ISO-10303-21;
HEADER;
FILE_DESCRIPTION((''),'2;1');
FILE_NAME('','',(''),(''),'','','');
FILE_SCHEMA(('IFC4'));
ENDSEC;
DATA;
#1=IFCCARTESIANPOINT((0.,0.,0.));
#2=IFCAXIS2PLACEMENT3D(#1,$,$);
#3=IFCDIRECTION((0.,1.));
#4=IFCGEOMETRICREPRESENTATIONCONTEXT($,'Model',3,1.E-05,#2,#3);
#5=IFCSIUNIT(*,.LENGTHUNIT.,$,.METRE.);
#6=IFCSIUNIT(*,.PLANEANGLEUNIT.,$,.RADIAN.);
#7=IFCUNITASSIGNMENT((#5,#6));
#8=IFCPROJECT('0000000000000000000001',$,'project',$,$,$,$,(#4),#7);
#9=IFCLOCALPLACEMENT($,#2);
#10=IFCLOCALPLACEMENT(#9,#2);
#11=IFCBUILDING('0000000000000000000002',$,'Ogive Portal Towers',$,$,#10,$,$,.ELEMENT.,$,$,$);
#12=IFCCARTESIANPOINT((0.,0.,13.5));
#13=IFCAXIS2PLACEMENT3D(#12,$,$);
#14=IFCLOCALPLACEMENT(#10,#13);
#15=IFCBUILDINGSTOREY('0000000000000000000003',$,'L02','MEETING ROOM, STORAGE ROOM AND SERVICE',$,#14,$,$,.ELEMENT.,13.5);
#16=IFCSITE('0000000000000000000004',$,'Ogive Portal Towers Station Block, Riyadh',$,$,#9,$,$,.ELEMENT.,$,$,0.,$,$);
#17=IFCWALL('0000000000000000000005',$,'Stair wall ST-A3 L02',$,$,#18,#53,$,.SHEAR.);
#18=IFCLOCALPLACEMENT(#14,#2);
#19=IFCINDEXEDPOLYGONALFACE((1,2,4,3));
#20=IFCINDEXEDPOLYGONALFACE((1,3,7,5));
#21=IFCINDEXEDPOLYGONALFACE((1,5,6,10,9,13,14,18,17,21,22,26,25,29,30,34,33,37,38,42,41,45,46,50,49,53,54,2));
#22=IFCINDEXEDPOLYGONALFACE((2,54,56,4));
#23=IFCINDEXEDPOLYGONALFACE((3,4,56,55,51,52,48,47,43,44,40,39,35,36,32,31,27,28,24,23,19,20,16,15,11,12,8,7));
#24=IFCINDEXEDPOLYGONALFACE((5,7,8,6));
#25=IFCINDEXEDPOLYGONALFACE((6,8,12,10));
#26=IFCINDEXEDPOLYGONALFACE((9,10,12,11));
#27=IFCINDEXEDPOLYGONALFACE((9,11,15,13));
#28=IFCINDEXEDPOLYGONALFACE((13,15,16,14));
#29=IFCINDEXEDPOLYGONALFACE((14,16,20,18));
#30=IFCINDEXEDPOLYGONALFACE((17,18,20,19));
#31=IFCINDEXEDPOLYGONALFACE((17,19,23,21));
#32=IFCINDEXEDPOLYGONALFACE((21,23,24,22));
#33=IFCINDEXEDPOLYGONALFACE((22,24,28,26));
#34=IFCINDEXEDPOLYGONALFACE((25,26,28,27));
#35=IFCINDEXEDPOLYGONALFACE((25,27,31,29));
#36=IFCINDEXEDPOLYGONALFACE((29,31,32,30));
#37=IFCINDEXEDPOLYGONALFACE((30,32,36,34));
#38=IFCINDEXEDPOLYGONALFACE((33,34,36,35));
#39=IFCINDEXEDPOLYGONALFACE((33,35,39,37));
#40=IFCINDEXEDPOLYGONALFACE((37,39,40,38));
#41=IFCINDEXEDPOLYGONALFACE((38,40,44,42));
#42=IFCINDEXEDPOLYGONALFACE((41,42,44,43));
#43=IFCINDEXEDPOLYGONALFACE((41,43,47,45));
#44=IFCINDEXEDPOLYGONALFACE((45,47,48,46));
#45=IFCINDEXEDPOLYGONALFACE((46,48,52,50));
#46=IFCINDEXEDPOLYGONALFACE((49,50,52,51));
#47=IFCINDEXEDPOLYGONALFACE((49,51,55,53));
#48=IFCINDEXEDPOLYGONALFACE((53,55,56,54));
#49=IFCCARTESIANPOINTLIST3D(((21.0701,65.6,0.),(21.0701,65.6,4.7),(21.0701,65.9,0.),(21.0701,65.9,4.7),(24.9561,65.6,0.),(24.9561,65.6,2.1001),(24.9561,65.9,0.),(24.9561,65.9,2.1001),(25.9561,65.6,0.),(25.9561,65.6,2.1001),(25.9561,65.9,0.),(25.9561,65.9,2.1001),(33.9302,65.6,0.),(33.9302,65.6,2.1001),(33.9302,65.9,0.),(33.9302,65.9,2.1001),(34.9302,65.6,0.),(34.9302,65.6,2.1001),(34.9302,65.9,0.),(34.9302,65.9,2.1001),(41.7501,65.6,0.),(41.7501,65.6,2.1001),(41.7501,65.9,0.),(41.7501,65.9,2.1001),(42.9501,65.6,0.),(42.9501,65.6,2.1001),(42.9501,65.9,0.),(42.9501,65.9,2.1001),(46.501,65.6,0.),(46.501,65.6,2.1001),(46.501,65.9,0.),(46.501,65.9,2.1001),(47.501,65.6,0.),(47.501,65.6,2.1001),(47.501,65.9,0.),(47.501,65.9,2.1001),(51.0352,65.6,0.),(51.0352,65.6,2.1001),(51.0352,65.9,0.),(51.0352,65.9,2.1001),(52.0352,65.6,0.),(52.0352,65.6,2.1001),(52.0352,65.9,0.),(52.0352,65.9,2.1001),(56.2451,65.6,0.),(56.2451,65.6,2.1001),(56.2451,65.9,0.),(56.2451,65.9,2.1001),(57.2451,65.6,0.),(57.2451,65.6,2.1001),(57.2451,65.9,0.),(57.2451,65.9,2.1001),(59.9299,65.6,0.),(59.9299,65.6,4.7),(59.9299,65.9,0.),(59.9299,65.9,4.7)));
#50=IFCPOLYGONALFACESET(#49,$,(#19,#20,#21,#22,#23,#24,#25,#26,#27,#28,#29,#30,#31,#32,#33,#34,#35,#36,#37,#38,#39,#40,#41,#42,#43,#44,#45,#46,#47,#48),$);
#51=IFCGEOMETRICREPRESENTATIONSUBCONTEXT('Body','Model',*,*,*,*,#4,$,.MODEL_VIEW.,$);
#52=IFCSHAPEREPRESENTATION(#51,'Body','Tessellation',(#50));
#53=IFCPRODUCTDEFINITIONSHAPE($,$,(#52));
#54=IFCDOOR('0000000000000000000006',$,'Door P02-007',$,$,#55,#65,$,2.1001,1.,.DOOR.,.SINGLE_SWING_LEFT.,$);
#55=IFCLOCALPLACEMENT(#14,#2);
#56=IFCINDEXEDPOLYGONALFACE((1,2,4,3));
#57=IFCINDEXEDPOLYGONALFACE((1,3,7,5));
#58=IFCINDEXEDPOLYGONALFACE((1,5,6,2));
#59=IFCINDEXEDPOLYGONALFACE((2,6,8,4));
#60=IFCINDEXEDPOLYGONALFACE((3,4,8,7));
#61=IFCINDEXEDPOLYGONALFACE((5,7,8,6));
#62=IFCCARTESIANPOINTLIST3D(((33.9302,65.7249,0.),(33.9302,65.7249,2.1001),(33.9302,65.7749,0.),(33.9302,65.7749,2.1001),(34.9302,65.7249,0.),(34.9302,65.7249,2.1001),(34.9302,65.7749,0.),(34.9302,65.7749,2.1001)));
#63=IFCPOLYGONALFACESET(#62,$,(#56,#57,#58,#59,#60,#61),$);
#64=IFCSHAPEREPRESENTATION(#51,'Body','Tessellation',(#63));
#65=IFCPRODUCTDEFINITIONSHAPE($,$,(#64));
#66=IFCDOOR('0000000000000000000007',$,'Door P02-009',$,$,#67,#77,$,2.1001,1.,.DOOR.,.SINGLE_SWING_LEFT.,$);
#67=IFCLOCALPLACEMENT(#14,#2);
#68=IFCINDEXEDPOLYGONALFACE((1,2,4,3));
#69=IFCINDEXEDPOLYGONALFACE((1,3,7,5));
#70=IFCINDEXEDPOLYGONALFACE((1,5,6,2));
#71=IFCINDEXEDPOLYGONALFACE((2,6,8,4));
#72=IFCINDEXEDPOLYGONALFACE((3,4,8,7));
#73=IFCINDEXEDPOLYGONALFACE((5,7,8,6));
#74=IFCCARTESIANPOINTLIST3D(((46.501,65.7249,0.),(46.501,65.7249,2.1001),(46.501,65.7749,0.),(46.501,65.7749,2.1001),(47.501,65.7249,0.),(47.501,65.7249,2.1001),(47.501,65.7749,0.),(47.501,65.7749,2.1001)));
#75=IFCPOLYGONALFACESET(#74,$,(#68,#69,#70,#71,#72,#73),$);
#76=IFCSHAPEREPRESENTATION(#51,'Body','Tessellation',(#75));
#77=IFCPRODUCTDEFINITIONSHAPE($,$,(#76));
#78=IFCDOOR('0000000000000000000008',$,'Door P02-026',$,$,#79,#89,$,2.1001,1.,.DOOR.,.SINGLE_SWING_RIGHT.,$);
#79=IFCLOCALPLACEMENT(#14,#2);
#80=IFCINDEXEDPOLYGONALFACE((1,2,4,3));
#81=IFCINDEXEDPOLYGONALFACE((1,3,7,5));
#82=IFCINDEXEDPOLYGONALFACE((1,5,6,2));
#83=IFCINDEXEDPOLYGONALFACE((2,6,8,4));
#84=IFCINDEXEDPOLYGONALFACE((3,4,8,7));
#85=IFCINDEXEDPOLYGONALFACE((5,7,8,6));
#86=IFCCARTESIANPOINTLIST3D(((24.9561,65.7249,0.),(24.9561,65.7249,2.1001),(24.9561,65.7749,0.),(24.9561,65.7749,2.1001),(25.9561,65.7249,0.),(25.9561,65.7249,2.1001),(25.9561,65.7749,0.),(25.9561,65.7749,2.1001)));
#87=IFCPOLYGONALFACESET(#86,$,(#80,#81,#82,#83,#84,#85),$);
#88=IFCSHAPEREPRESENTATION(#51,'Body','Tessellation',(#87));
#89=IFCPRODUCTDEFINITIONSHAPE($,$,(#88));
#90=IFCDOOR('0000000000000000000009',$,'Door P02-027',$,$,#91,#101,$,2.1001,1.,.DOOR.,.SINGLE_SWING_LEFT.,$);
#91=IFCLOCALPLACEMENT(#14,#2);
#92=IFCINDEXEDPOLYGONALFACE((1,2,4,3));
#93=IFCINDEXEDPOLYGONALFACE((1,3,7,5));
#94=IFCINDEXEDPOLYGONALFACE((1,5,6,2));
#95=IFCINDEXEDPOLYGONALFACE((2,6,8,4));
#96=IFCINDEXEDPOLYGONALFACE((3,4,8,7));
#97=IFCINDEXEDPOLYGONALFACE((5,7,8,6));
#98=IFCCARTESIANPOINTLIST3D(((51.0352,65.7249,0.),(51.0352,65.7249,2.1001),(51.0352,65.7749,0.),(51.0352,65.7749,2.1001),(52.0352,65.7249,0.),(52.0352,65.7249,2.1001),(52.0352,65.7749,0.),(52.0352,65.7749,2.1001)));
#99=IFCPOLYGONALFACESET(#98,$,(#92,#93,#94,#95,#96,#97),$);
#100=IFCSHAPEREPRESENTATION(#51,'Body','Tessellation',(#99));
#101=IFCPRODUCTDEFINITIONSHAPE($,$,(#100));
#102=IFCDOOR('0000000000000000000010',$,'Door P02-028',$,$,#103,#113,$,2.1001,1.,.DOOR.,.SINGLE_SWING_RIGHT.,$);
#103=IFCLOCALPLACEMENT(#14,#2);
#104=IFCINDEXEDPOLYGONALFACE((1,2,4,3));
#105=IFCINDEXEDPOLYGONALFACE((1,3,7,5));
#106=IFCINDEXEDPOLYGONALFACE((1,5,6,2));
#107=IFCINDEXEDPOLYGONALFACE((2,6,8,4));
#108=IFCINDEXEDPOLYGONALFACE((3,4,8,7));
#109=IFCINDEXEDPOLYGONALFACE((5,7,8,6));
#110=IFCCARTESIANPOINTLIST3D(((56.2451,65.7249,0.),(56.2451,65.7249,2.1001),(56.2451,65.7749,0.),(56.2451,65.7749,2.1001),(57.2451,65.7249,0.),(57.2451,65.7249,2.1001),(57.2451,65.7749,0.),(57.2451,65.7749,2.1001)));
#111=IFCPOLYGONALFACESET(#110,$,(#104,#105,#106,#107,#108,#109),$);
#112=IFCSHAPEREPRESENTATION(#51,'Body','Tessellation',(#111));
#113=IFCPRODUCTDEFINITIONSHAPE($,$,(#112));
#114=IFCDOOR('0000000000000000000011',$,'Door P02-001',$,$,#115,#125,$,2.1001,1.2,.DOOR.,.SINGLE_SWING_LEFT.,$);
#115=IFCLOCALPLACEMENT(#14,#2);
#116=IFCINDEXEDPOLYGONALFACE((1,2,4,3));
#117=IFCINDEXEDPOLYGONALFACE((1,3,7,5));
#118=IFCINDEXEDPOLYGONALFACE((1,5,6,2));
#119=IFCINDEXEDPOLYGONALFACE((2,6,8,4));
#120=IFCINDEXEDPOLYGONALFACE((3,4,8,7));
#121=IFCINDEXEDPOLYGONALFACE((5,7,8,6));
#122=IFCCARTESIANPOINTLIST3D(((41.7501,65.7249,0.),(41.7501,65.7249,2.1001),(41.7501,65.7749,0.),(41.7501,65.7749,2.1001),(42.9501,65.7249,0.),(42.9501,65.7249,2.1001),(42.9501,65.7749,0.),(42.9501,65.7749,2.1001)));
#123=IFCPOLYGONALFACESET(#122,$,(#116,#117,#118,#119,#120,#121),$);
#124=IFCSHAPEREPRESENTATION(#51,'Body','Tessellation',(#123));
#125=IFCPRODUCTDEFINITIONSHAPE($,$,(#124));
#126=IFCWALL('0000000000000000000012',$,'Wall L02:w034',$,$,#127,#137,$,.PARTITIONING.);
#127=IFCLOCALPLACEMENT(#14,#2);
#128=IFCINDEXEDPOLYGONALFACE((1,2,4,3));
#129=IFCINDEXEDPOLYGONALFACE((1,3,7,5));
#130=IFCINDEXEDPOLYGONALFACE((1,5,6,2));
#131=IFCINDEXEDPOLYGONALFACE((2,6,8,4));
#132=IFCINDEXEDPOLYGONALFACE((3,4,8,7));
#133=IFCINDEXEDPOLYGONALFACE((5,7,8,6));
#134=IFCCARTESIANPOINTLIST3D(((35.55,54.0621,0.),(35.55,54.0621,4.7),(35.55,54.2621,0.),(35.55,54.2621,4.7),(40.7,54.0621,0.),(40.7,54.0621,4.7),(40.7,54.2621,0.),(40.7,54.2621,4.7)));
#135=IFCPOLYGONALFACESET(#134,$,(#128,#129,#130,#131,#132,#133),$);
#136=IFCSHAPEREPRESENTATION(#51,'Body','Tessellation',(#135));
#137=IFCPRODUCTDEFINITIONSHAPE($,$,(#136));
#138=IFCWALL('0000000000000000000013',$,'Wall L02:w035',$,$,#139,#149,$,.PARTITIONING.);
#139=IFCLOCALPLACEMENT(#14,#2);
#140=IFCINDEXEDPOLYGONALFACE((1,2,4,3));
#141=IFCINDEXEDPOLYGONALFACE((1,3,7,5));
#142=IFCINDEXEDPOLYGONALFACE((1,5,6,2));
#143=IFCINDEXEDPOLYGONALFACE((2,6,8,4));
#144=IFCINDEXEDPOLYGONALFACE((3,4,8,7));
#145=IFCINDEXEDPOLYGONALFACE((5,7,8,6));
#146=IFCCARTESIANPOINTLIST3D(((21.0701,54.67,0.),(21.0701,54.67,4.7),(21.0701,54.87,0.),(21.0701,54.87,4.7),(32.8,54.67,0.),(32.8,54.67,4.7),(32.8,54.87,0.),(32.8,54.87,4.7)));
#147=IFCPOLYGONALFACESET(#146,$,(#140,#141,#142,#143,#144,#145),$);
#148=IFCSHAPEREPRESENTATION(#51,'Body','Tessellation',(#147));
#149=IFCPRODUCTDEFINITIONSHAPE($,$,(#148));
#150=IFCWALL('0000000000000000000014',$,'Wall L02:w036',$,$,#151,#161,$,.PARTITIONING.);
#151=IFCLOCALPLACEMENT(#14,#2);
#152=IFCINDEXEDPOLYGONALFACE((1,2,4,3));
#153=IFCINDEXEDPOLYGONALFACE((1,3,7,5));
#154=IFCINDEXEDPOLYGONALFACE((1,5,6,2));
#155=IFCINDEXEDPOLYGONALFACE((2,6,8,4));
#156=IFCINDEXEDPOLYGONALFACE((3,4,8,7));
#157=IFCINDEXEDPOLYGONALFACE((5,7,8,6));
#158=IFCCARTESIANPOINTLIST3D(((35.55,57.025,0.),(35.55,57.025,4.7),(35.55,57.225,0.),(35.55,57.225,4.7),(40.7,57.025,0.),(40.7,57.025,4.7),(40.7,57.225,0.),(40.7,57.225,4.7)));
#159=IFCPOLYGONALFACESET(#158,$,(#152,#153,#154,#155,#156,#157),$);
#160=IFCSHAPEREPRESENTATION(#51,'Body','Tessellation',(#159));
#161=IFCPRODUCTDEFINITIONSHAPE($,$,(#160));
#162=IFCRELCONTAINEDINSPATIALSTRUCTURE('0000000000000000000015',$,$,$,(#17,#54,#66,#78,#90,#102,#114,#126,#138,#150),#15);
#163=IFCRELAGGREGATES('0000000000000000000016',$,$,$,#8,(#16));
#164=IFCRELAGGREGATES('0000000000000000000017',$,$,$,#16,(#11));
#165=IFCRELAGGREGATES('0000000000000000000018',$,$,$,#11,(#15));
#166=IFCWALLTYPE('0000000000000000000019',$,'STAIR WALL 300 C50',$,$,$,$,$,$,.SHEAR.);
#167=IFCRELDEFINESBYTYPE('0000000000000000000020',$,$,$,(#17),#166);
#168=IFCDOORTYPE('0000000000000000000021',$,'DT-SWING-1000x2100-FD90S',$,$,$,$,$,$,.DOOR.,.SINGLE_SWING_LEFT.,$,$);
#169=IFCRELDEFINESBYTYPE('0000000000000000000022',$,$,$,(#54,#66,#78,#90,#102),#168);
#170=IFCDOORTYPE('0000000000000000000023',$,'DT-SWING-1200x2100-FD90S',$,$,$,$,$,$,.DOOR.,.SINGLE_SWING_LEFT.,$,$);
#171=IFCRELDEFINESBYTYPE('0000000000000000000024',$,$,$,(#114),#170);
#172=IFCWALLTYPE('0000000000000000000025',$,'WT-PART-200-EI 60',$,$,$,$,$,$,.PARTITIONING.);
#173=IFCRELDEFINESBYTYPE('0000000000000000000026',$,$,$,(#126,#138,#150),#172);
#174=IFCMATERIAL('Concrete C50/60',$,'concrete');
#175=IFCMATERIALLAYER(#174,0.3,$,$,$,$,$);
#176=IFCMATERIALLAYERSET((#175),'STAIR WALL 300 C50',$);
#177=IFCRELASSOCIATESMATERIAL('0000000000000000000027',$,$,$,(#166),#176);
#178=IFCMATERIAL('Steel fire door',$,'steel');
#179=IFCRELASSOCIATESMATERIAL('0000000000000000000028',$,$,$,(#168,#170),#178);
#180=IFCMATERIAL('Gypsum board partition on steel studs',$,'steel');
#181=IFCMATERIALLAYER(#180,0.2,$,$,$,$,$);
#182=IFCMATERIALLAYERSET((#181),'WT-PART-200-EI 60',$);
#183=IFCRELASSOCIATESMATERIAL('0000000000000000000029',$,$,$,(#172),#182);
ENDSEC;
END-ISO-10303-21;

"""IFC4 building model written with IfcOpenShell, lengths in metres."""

from ifc_helpers import new_model, si_unit, direction, frame, frame_2d, origin, place, context, subcontext, project, spatial, rectangle, extrude, material, layer, layer_set, type_object, element, fill, save


model = new_model("IFC4")

# Units and contexts
model_context = context("Model", 3, precision=1e-05, world=origin(), true_north=direction((0.0, 1.0)))
body_context = subcontext(model_context, "Body", "Model", "MODEL_VIEW")
ifc_project = project(units=[si_unit("LENGTHUNIT", "METRE"), si_unit("PLANEANGLEUNIT", "RADIAN")], contexts=[model_context])

# Site, building, storey
site_placement = place(None, origin())
site = spatial("IfcSite", under=ifc_project, at=site_placement, Name="Ogive Portal Towers Station Block, Riyadh", CompositionType="ELEMENT", RefElevation=0.0)
building_placement = place(site_placement, origin())
building = spatial("IfcBuilding", under=site, at=building_placement, Name="Ogive Portal Towers", CompositionType="ELEMENT")
storey_placement = place(building_placement, frame((0.0, 0.0, 13.5)))
storey = spatial("IfcBuildingStorey", under=building, at=storey_placement, Name="L02", Description="MEETING ROOM, STORAGE ROOM AND SERVICE", CompositionType="ELEMENT", Elevation=13.5)

# Shared definitions
ifc_material_1 = material(Name="Concrete C50/60", Category="concrete")

# Wall, openings, doors
ifc_layer_1 = layer(ifc_material_1, 0.3)
ifc_layer_set_1 = layer_set([ifc_layer_1], Name="STAIR WALL 300 C50")
wall_type_1 = type_object("IfcWallType", Name="STAIR WALL 300 C50", PredefinedType="SHEAR", material=ifc_layer_set_1)
wall_1_placement = place(storey_placement, frame((21.0701, 65.75, 0.0), z_axis=(0.0, 0.0, 1.0), x_axis=(1.0, 0.0, 0.0)))
wall_1 = element("IfcWall", 1, at=wall_1_placement, inside=storey, type_object=wall_type_1, Name="Stair wall ST-A3 L02", PredefinedType="SHEAR", context=body_context, shape_type="SweptSolid", body=[
    extrude(rectangle(XDim=38.8599, YDim=0.3, at=frame_2d((19.4299, 0.0))), origin(), (0.0, 0.0, 1.0), 4.7),
])
opening_1_placement = place(wall_1_placement, frame((20.6799, 0.0, 0.0)))
opening_1 = element("IfcOpeningElement", 2, at=opening_1_placement, cuts=wall_1, PredefinedType="OPENING", context=body_context, shape_type="SweptSolid", body=[
    extrude(rectangle(XDim=1.2, YDim=2.1001, at=frame_2d((0.6001, 1.05))), frame((0.0, 0.1602, 0.0), z_axis=(0.0, -1.0, 0.0), x_axis=(1.0, 0.0, 0.0)), (0.0, 0.0, 1.0), 0.3201),
])
opening_2_placement = place(wall_1_placement, frame((12.8601, 0.0, 0.0)))
opening_2 = element("IfcOpeningElement", 3, at=opening_2_placement, cuts=wall_1, PredefinedType="OPENING", context=body_context, shape_type="SweptSolid", body=[
    extrude(rectangle(XDim=1.0, YDim=2.1001, at=frame_2d((0.5, 1.05))), frame((0.0, 0.1602, 0.0), z_axis=(0.0, -1.0, 0.0), x_axis=(1.0, 0.0, 0.0)), (0.0, 0.0, 1.0), 0.3201),
])
opening_3_placement = place(wall_1_placement, frame((25.4309, 0.0, 0.0)))
opening_3 = element("IfcOpeningElement", 4, at=opening_3_placement, cuts=wall_1, PredefinedType="OPENING", context=body_context, shape_type="SweptSolid", body=[
    extrude(rectangle(XDim=1.0, YDim=2.1001, at=frame_2d((0.5, 1.05))), frame((0.0, 0.1602, 0.0), z_axis=(0.0, -1.0, 0.0), x_axis=(1.0, 0.0, 0.0)), (0.0, 0.0, 1.0), 0.3201),
])
opening_4_placement = place(wall_1_placement, frame((3.886, 0.0, 0.0)))
opening_4 = element("IfcOpeningElement", 5, at=opening_4_placement, cuts=wall_1, PredefinedType="OPENING", context=body_context, shape_type="SweptSolid", body=[
    extrude(rectangle(XDim=1.0, YDim=2.1001, at=frame_2d((0.5, 1.05))), frame((0.0, 0.1602, 0.0), z_axis=(0.0, -1.0, 0.0), x_axis=(1.0, 0.0, 0.0)), (0.0, 0.0, 1.0), 0.3201),
])
opening_5_placement = place(wall_1_placement, frame((29.9651, 0.0, 0.0)))
opening_5 = element("IfcOpeningElement", 6, at=opening_5_placement, cuts=wall_1, PredefinedType="OPENING", context=body_context, shape_type="SweptSolid", body=[
    extrude(rectangle(XDim=1.0, YDim=2.1001, at=frame_2d((0.5, 1.05))), frame((0.0, 0.1602, 0.0), z_axis=(0.0, -1.0, 0.0), x_axis=(1.0, 0.0, 0.0)), (0.0, 0.0, 1.0), 0.3201),
])
opening_6_placement = place(wall_1_placement, frame((35.175, 0.0, 0.0)))
opening_6 = element("IfcOpeningElement", 7, at=opening_6_placement, cuts=wall_1, PredefinedType="OPENING", context=body_context, shape_type="SweptSolid", body=[
    extrude(rectangle(XDim=1.0, YDim=2.1001, at=frame_2d((0.5, 1.05))), frame((0.0, 0.1602, 0.0), z_axis=(0.0, -1.0, 0.0), x_axis=(1.0, 0.0, 0.0)), (0.0, 0.0, 1.0), 0.3201),
])
ifc_material_2 = material(Name="Steel fire door", Category="steel")
door_type_1 = type_object("IfcDoorType", Name="DT-SWING-1000x2100-FD90S", OperationType="SINGLE_SWING_LEFT", PredefinedType="DOOR", material=ifc_material_2)
door_1_placement = place(opening_2_placement, origin())
door_1 = element("IfcDoor", 8, at=door_1_placement, inside=storey, type_object=door_type_1, Name="Door P02-007", OperationType="SINGLE_SWING_LEFT", OverallHeight=2.1001, OverallWidth=1.0, PredefinedType="DOOR", context=body_context, shape_type="SweptSolid", body=[
    extrude(rectangle(XDim=1.0, YDim=2.1001, at=frame_2d((0.5, 1.05))), frame((0.0, 0.0249, 0.0), z_axis=(0.0, -1.0, 0.0), x_axis=(1.0, 0.0, 0.0)), (0.0, 0.0, 1.0), 0.05),
])
fill(opening_2, door_1)
door_2_placement = place(opening_3_placement, origin())
door_2 = element("IfcDoor", 9, at=door_2_placement, inside=storey, type_object=door_type_1, Name="Door P02-009", OperationType="SINGLE_SWING_LEFT", OverallHeight=2.1001, OverallWidth=1.0, PredefinedType="DOOR", context=body_context, shape_type="SweptSolid", body=[
    extrude(rectangle(XDim=1.0, YDim=2.1001, at=frame_2d((0.5, 1.05))), frame((0.0, 0.0249, 0.0), z_axis=(0.0, -1.0, 0.0), x_axis=(1.0, 0.0, 0.0)), (0.0, 0.0, 1.0), 0.05),
])
fill(opening_3, door_2)
door_3_placement = place(opening_4_placement, origin())
door_3 = element("IfcDoor", 10, at=door_3_placement, inside=storey, type_object=door_type_1, Name="Door P02-026", OperationType="SINGLE_SWING_RIGHT", OverallHeight=2.1001, OverallWidth=1.0, PredefinedType="DOOR", context=body_context, shape_type="SweptSolid", body=[
    extrude(rectangle(XDim=1.0, YDim=2.1001, at=frame_2d((0.5, 1.05))), frame((0.0, 0.0249, 0.0), z_axis=(0.0, -1.0, 0.0), x_axis=(1.0, 0.0, 0.0)), (0.0, 0.0, 1.0), 0.05),
])
fill(opening_4, door_3)
door_4_placement = place(opening_5_placement, origin())
door_4 = element("IfcDoor", 11, at=door_4_placement, inside=storey, type_object=door_type_1, Name="Door P02-027", OperationType="SINGLE_SWING_LEFT", OverallHeight=2.1001, OverallWidth=1.0, PredefinedType="DOOR", context=body_context, shape_type="SweptSolid", body=[
    extrude(rectangle(XDim=1.0, YDim=2.1001, at=frame_2d((0.5, 1.05))), frame((0.0, 0.0249, 0.0), z_axis=(0.0, -1.0, 0.0), x_axis=(1.0, 0.0, 0.0)), (0.0, 0.0, 1.0), 0.05),
])
fill(opening_5, door_4)
door_5_placement = place(opening_6_placement, origin())
door_5 = element("IfcDoor", 12, at=door_5_placement, inside=storey, type_object=door_type_1, Name="Door P02-028", OperationType="SINGLE_SWING_RIGHT", OverallHeight=2.1001, OverallWidth=1.0, PredefinedType="DOOR", context=body_context, shape_type="SweptSolid", body=[
    extrude(rectangle(XDim=1.0, YDim=2.1001, at=frame_2d((0.5, 1.05))), frame((0.0, 0.0249, 0.0), z_axis=(0.0, -1.0, 0.0), x_axis=(1.0, 0.0, 0.0)), (0.0, 0.0, 1.0), 0.05),
])
fill(opening_6, door_5)
door_type_2 = type_object("IfcDoorType", Name="DT-SWING-1200x2100-FD90S", OperationType="SINGLE_SWING_LEFT", PredefinedType="DOOR", material=ifc_material_2)
door_6_placement = place(opening_1_placement, origin())
door_6 = element("IfcDoor", 13, at=door_6_placement, inside=storey, type_object=door_type_2, Name="Door P02-001", OperationType="SINGLE_SWING_LEFT", OverallHeight=2.1001, OverallWidth=1.2, PredefinedType="DOOR", context=body_context, shape_type="SweptSolid", body=[
    extrude(rectangle(XDim=1.2, YDim=2.1001, at=frame_2d((0.6001, 1.05))), frame((0.0, 0.0249, 0.0), z_axis=(0.0, -1.0, 0.0), x_axis=(1.0, 0.0, 0.0)), (0.0, 0.0, 1.0), 0.05),
])
fill(opening_1, door_6)

# Walls
ifc_material_3 = material(Name="Gypsum board partition on steel studs", Category="steel")
ifc_layer_2 = layer(ifc_material_3, 0.2)
ifc_layer_set_2 = layer_set([ifc_layer_2], Name="WT-PART-200-EI 60")
wall_type_2 = type_object("IfcWallType", Name="WT-PART-200-EI 60", PredefinedType="PARTITIONING", material=ifc_layer_set_2)
wall_2_placement = place(storey_placement, frame((35.55, 54.1621, 0.0), z_axis=(0.0, 0.0, 1.0), x_axis=(1.0, 0.0, 0.0)))
element("IfcWall", 14, at=wall_2_placement, inside=storey, type_object=wall_type_2, Name="Wall L02:w034", PredefinedType="PARTITIONING", context=body_context, shape_type="SweptSolid", body=[
    extrude(rectangle(XDim=5.1499, YDim=0.2, at=frame_2d((2.575, 0.0))), origin(), (0.0, 0.0, 1.0), 4.7),
])
wall_3_placement = place(storey_placement, frame((21.0701, 54.77, 0.0), z_axis=(0.0, 0.0, 1.0), x_axis=(1.0, 0.0, 0.0)))
element("IfcWall", 15, at=wall_3_placement, inside=storey, type_object=wall_type_2, Name="Wall L02:w035", PredefinedType="PARTITIONING", context=body_context, shape_type="SweptSolid", body=[
    extrude(rectangle(XDim=11.73, YDim=0.2, at=frame_2d((5.865, 0.0))), origin(), (0.0, 0.0, 1.0), 4.7),
])
for number, where, z_axis, x_axis, name in (
    (16, (35.55, 57.125, 0.0), (0.0, 0.0, 1.0), (1.0, 0.0, 0.0), "Wall L02:w036"),
):
    element("IfcWall", number, at=place(storey_placement, frame(where, z_axis=z_axis, x_axis=x_axis)), inside=storey, type_object=wall_type_2, Name=name, PredefinedType="PARTITIONING", context=body_context, shape_type="SweptSolid", body=[
        extrude(rectangle(XDim=5.1499, YDim=0.2, at=frame_2d((2.575, 0.0))), origin(), (0.0, 0.0, 1.0), 4.7),
    ])

save(model, "model.ifc")
